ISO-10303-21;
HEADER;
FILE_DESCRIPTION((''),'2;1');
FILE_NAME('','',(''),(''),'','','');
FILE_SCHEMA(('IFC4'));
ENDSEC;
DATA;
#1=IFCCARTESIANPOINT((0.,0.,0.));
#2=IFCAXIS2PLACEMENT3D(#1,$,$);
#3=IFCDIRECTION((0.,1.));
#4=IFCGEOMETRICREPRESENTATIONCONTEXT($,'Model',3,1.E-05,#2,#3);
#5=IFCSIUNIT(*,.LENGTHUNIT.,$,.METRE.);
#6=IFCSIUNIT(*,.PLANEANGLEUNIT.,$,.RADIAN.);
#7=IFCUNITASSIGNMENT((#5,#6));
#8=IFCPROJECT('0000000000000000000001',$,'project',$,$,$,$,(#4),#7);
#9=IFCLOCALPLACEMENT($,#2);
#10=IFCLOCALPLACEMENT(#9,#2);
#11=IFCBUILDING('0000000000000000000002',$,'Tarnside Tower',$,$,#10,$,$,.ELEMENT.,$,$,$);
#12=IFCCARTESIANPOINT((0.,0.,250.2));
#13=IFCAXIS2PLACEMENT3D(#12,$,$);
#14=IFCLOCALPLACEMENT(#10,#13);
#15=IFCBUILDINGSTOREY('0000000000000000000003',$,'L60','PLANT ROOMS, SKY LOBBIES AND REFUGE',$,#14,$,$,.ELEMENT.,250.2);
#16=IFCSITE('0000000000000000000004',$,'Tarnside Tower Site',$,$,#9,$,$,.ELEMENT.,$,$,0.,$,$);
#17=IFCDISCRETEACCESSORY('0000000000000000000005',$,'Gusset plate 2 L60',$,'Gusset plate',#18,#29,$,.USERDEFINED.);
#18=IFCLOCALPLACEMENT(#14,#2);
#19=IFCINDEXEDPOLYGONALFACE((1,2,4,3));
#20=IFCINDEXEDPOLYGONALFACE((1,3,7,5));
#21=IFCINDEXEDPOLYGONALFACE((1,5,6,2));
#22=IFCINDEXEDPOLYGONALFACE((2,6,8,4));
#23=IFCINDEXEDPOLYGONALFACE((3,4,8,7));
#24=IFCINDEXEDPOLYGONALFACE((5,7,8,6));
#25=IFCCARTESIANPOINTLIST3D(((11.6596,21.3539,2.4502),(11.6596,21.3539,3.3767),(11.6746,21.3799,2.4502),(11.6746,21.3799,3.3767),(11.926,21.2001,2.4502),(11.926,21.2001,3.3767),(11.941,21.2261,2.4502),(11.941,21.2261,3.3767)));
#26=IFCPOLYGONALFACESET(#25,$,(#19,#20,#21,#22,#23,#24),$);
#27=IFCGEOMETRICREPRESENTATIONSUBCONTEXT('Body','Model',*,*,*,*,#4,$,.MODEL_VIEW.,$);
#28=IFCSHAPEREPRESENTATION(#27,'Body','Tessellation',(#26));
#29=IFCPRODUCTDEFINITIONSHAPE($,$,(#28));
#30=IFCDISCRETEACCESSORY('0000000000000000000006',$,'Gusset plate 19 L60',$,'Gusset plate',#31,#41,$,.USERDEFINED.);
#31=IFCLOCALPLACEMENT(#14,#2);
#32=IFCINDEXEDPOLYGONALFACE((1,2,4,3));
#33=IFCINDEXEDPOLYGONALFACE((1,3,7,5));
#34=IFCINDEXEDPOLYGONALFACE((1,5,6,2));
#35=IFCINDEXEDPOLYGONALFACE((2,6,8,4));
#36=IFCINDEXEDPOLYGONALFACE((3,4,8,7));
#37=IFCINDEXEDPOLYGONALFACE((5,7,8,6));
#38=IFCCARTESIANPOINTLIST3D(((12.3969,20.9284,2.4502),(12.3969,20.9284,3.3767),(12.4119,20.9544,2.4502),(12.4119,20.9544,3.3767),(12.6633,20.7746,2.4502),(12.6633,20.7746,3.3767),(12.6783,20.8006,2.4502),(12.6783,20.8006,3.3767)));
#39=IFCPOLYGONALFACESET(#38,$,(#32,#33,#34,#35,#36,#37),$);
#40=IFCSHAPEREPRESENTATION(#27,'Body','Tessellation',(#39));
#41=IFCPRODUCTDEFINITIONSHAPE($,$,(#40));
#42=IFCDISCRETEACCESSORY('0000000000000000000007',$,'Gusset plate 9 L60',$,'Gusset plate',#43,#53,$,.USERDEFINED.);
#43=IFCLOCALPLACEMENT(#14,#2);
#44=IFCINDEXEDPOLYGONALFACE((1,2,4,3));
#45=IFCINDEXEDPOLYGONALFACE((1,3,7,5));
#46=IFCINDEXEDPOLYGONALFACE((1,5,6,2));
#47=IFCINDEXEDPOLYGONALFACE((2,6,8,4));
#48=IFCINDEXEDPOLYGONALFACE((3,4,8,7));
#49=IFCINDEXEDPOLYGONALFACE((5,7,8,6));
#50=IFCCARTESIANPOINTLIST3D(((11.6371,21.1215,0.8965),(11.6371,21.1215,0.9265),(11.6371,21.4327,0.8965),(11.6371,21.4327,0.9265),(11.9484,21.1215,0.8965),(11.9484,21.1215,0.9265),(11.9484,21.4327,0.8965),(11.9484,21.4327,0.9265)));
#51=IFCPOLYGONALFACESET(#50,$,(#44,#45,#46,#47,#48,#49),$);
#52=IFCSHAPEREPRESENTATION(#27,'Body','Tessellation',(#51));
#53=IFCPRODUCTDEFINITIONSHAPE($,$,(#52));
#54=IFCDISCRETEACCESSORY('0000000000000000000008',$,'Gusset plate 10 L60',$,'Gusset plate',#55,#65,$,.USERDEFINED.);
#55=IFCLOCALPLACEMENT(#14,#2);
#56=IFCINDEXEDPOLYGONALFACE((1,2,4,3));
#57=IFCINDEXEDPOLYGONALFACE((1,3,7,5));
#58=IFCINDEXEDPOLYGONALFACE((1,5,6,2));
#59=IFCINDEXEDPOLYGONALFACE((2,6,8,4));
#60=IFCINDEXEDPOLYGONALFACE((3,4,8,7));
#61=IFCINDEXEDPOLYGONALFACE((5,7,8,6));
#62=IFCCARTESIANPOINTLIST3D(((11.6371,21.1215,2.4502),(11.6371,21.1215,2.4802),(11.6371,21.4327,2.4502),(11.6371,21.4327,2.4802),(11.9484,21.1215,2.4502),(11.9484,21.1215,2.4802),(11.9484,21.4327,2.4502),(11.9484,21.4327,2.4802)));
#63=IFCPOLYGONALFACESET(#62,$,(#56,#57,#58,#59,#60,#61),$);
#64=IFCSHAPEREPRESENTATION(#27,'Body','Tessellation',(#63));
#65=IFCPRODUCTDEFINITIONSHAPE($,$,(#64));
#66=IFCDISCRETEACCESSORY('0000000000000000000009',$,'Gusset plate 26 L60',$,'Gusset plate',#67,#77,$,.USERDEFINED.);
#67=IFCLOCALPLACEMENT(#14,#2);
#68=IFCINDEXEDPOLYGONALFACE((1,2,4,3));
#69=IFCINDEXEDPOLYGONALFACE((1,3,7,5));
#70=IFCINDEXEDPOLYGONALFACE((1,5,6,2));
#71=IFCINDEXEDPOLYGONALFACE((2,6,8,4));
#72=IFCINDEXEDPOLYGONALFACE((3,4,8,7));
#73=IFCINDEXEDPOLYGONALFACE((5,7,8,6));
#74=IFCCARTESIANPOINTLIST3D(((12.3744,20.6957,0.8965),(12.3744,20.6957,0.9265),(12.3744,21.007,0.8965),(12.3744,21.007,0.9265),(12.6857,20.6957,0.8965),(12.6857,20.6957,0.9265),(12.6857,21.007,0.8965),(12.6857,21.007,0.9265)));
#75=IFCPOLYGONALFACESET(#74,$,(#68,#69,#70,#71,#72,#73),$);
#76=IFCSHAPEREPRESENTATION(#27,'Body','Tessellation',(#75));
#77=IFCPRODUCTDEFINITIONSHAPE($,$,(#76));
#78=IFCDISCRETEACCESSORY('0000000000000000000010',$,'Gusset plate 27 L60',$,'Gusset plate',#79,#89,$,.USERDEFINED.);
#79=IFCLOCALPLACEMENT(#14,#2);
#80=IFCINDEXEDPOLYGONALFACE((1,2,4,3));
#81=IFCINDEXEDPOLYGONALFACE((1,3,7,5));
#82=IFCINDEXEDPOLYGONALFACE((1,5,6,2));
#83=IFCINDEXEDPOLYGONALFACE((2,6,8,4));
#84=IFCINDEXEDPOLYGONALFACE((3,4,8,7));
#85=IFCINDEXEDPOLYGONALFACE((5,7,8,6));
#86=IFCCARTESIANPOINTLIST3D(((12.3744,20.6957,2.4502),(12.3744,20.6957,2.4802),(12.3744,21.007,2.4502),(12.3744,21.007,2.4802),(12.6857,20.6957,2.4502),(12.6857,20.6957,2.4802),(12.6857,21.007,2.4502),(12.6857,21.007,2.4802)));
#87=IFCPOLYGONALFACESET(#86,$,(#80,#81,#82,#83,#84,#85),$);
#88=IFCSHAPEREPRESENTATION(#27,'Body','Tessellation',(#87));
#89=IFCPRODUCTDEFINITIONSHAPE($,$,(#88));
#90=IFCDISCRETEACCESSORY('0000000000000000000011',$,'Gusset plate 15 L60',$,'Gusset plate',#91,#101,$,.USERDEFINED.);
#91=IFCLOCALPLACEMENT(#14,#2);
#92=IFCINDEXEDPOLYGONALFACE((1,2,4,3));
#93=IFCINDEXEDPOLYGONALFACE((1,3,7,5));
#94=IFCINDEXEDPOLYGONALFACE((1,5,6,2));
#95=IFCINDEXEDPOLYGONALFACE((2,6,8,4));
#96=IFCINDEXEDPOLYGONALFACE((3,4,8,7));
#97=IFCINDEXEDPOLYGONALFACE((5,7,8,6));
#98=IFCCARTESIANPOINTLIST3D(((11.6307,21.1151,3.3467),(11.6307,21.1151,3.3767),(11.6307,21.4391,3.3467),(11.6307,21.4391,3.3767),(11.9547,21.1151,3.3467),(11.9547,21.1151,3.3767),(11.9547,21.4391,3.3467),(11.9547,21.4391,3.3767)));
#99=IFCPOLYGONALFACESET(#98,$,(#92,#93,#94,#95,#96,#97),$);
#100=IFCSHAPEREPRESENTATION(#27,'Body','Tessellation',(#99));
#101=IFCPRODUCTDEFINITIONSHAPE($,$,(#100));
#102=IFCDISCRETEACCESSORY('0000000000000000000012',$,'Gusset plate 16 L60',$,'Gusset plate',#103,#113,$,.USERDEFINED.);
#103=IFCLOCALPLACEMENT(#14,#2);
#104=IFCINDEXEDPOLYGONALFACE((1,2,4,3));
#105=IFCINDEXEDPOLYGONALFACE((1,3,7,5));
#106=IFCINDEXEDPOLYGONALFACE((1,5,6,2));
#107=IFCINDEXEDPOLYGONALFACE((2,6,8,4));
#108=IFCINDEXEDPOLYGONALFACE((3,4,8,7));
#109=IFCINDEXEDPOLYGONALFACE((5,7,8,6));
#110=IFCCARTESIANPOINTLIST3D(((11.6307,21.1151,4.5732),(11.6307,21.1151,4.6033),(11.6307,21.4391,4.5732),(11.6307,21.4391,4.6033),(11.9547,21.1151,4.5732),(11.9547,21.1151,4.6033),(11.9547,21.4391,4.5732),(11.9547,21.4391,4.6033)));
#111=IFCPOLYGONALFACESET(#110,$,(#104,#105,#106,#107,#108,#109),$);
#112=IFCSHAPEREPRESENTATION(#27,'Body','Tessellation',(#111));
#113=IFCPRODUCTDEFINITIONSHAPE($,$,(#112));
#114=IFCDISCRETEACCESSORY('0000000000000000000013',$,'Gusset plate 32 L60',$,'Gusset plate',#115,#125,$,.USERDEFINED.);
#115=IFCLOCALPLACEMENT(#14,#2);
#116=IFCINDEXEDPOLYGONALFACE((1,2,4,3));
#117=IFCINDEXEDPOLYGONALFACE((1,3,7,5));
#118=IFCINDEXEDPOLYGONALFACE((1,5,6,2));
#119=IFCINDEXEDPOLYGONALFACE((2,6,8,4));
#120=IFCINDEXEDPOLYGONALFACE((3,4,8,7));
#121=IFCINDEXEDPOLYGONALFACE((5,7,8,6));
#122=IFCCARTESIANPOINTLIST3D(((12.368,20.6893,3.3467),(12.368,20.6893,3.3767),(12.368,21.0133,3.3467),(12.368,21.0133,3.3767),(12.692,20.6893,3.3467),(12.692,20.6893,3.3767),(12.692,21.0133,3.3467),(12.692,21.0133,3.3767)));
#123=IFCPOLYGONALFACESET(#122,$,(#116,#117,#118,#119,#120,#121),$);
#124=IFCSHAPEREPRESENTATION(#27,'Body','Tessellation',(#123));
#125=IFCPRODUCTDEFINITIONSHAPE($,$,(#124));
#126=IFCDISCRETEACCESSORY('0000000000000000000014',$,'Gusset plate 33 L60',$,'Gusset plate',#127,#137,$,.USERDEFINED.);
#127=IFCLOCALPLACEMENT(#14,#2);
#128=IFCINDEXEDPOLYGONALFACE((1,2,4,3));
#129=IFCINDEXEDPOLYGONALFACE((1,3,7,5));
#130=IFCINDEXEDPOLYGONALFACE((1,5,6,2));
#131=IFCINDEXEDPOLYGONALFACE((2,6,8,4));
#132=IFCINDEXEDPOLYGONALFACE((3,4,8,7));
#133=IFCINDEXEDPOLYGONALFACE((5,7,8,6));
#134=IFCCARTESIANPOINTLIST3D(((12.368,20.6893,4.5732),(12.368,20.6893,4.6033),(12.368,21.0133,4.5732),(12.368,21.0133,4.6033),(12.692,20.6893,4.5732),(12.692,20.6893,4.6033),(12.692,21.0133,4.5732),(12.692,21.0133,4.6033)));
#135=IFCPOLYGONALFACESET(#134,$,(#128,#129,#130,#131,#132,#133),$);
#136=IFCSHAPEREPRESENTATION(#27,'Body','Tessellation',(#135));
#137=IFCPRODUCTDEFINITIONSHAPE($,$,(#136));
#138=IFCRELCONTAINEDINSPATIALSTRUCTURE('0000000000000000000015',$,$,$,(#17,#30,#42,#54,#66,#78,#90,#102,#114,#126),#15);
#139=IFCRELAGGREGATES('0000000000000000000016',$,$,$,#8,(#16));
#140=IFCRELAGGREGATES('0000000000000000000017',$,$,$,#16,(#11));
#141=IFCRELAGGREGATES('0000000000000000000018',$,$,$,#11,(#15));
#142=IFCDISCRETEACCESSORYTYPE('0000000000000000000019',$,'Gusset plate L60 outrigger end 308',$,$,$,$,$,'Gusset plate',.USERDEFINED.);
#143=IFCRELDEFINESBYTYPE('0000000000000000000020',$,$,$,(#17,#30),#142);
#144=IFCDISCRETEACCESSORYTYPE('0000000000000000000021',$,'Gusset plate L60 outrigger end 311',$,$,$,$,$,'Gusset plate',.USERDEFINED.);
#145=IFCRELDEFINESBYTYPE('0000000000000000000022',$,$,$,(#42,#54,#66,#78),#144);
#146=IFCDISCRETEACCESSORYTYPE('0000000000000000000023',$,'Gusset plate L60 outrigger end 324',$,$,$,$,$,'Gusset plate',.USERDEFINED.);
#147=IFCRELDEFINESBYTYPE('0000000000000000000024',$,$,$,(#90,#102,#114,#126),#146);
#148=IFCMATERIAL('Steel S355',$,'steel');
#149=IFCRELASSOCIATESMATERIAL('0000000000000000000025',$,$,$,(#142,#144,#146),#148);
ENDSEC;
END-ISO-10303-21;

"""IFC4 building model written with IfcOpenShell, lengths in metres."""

from ifc_helpers import new_model, si_unit, direction, frame, origin, origin_2d, place, context, subcontext, project, spatial, rectangle, extrude, material, type_object, element, save


model = new_model("IFC4")

# Units and contexts
model_context = context("Model", 3, precision=1e-05, world=origin(), true_north=direction((0.0, 1.0)))
body_context = subcontext(model_context, "Body", "Model", "MODEL_VIEW")
ifc_project = project(units=[si_unit("LENGTHUNIT", "METRE"), si_unit("PLANEANGLEUNIT", "RADIAN")], contexts=[model_context])

# Site, building, storey
site_placement = place(None, origin())
site = spatial("IfcSite", under=ifc_project, at=site_placement, Name="Tarnside Tower Site", CompositionType="ELEMENT", RefElevation=0.0)
building_placement = place(site_placement, origin())
building = spatial("IfcBuilding", under=site, at=building_placement, Name="Tarnside Tower", CompositionType="ELEMENT")
storey_placement = place(building_placement, frame((0.0, 0.0, 250.2)))
storey = spatial("IfcBuildingStorey", under=building, at=storey_placement, Name="L60", Description="PLANT ROOMS, SKY LOBBIES AND REFUGE", CompositionType="ELEMENT", Elevation=250.2)

# Shared definitions
ifc_material_1 = material(Name="Steel S355", Category="steel")

# Discrete accessories
discrete_accessory_type_1 = type_object("IfcDiscreteAccessoryType", Name="Gusset plate L60 outrigger end 308", ElementType="Gusset plate", PredefinedType="USERDEFINED", material=ifc_material_1)
for number, where, z_axis, x_axis, name in (
    (1, (11.8003, 21.29, 2.4502), (0.0, 0.0, 1.0), (0.500002, 0.866025, 0.0), "Gusset plate 2 L60"),
    (2, (12.5376, 20.8645, 2.4502), (0.0, 0.0, 1.0), (0.500002, 0.866025, 0.0), "Gusset plate 19 L60"),
):
    element("IfcDiscreteAccessory", number, at=place(storey_placement, frame(where, z_axis=z_axis, x_axis=x_axis)), inside=storey, type_object=discrete_accessory_type_1, Name=name, ObjectType="Gusset plate", PredefinedType="USERDEFINED", context=body_context, shape_type="SweptSolid", body=[
        extrude(rectangle(XDim=0.03, YDim=0.3076, at=origin_2d()), origin(), (0.0, 0.0, 1.0), 0.9265),
    ])
discrete_accessory_type_2 = type_object("IfcDiscreteAccessoryType", Name="Gusset plate L60 outrigger end 311", ElementType="Gusset plate", PredefinedType="USERDEFINED", material=ifc_material_1)
for number, where, z_axis, x_axis, name in (
    (3, (11.7927, 21.2771, 0.8965), (0.0, 0.0, 1.0), (1.0, 0.0, 0.0), "Gusset plate 9 L60"),
    (4, (11.7927, 21.2771, 2.4502), (0.0, 0.0, 1.0), (1.0, 0.0, 0.0), "Gusset plate 10 L60"),
    (5, (12.53, 20.8513, 0.8965), (0.0, 0.0, 1.0), (1.0, 0.0, 0.0), "Gusset plate 26 L60"),
    (6, (12.53, 20.8513, 2.4502), (0.0, 0.0, 1.0), (1.0, 0.0, 0.0), "Gusset plate 27 L60"),
):
    element("IfcDiscreteAccessory", number, at=place(storey_placement, frame(where, z_axis=z_axis, x_axis=x_axis)), inside=storey, type_object=discrete_accessory_type_2, Name=name, ObjectType="Gusset plate", PredefinedType="USERDEFINED", context=body_context, shape_type="SweptSolid", body=[
        extrude(rectangle(XDim=0.3113, YDim=0.3113, at=origin_2d()), origin(), (0.0, 0.0, 1.0), 0.03),
    ])
discrete_accessory_type_3 = type_object("IfcDiscreteAccessoryType", Name="Gusset plate L60 outrigger end 324", ElementType="Gusset plate", PredefinedType="USERDEFINED", material=ifc_material_1)
for number, where, z_axis, x_axis, name in (
    (7, (11.7927, 21.2771, 3.3467), (0.0, 0.0, 1.0), (1.0, 0.0, 0.0), "Gusset plate 15 L60"),
    (8, (11.7927, 21.2771, 4.5732), (0.0, 0.0, 1.0), (1.0, 0.0, 0.0), "Gusset plate 16 L60"),
    (9, (12.53, 20.8513, 3.3467), (0.0, 0.0, 1.0), (1.0, 0.0, 0.0), "Gusset plate 32 L60"),
    (10, (12.53, 20.8513, 4.5732), (0.0, 0.0, 1.0), (1.0, 0.0, 0.0), "Gusset plate 33 L60"),
):
    element("IfcDiscreteAccessory", number, at=place(storey_placement, frame(where, z_axis=z_axis, x_axis=x_axis)), inside=storey, type_object=discrete_accessory_type_3, Name=name, ObjectType="Gusset plate", PredefinedType="USERDEFINED", context=body_context, shape_type="SweptSolid", body=[
        extrude(rectangle(XDim=0.324, YDim=0.324, at=origin_2d()), origin(), (0.0, 0.0, 1.0), 0.03),
    ])

save(model, "model.ifc")
